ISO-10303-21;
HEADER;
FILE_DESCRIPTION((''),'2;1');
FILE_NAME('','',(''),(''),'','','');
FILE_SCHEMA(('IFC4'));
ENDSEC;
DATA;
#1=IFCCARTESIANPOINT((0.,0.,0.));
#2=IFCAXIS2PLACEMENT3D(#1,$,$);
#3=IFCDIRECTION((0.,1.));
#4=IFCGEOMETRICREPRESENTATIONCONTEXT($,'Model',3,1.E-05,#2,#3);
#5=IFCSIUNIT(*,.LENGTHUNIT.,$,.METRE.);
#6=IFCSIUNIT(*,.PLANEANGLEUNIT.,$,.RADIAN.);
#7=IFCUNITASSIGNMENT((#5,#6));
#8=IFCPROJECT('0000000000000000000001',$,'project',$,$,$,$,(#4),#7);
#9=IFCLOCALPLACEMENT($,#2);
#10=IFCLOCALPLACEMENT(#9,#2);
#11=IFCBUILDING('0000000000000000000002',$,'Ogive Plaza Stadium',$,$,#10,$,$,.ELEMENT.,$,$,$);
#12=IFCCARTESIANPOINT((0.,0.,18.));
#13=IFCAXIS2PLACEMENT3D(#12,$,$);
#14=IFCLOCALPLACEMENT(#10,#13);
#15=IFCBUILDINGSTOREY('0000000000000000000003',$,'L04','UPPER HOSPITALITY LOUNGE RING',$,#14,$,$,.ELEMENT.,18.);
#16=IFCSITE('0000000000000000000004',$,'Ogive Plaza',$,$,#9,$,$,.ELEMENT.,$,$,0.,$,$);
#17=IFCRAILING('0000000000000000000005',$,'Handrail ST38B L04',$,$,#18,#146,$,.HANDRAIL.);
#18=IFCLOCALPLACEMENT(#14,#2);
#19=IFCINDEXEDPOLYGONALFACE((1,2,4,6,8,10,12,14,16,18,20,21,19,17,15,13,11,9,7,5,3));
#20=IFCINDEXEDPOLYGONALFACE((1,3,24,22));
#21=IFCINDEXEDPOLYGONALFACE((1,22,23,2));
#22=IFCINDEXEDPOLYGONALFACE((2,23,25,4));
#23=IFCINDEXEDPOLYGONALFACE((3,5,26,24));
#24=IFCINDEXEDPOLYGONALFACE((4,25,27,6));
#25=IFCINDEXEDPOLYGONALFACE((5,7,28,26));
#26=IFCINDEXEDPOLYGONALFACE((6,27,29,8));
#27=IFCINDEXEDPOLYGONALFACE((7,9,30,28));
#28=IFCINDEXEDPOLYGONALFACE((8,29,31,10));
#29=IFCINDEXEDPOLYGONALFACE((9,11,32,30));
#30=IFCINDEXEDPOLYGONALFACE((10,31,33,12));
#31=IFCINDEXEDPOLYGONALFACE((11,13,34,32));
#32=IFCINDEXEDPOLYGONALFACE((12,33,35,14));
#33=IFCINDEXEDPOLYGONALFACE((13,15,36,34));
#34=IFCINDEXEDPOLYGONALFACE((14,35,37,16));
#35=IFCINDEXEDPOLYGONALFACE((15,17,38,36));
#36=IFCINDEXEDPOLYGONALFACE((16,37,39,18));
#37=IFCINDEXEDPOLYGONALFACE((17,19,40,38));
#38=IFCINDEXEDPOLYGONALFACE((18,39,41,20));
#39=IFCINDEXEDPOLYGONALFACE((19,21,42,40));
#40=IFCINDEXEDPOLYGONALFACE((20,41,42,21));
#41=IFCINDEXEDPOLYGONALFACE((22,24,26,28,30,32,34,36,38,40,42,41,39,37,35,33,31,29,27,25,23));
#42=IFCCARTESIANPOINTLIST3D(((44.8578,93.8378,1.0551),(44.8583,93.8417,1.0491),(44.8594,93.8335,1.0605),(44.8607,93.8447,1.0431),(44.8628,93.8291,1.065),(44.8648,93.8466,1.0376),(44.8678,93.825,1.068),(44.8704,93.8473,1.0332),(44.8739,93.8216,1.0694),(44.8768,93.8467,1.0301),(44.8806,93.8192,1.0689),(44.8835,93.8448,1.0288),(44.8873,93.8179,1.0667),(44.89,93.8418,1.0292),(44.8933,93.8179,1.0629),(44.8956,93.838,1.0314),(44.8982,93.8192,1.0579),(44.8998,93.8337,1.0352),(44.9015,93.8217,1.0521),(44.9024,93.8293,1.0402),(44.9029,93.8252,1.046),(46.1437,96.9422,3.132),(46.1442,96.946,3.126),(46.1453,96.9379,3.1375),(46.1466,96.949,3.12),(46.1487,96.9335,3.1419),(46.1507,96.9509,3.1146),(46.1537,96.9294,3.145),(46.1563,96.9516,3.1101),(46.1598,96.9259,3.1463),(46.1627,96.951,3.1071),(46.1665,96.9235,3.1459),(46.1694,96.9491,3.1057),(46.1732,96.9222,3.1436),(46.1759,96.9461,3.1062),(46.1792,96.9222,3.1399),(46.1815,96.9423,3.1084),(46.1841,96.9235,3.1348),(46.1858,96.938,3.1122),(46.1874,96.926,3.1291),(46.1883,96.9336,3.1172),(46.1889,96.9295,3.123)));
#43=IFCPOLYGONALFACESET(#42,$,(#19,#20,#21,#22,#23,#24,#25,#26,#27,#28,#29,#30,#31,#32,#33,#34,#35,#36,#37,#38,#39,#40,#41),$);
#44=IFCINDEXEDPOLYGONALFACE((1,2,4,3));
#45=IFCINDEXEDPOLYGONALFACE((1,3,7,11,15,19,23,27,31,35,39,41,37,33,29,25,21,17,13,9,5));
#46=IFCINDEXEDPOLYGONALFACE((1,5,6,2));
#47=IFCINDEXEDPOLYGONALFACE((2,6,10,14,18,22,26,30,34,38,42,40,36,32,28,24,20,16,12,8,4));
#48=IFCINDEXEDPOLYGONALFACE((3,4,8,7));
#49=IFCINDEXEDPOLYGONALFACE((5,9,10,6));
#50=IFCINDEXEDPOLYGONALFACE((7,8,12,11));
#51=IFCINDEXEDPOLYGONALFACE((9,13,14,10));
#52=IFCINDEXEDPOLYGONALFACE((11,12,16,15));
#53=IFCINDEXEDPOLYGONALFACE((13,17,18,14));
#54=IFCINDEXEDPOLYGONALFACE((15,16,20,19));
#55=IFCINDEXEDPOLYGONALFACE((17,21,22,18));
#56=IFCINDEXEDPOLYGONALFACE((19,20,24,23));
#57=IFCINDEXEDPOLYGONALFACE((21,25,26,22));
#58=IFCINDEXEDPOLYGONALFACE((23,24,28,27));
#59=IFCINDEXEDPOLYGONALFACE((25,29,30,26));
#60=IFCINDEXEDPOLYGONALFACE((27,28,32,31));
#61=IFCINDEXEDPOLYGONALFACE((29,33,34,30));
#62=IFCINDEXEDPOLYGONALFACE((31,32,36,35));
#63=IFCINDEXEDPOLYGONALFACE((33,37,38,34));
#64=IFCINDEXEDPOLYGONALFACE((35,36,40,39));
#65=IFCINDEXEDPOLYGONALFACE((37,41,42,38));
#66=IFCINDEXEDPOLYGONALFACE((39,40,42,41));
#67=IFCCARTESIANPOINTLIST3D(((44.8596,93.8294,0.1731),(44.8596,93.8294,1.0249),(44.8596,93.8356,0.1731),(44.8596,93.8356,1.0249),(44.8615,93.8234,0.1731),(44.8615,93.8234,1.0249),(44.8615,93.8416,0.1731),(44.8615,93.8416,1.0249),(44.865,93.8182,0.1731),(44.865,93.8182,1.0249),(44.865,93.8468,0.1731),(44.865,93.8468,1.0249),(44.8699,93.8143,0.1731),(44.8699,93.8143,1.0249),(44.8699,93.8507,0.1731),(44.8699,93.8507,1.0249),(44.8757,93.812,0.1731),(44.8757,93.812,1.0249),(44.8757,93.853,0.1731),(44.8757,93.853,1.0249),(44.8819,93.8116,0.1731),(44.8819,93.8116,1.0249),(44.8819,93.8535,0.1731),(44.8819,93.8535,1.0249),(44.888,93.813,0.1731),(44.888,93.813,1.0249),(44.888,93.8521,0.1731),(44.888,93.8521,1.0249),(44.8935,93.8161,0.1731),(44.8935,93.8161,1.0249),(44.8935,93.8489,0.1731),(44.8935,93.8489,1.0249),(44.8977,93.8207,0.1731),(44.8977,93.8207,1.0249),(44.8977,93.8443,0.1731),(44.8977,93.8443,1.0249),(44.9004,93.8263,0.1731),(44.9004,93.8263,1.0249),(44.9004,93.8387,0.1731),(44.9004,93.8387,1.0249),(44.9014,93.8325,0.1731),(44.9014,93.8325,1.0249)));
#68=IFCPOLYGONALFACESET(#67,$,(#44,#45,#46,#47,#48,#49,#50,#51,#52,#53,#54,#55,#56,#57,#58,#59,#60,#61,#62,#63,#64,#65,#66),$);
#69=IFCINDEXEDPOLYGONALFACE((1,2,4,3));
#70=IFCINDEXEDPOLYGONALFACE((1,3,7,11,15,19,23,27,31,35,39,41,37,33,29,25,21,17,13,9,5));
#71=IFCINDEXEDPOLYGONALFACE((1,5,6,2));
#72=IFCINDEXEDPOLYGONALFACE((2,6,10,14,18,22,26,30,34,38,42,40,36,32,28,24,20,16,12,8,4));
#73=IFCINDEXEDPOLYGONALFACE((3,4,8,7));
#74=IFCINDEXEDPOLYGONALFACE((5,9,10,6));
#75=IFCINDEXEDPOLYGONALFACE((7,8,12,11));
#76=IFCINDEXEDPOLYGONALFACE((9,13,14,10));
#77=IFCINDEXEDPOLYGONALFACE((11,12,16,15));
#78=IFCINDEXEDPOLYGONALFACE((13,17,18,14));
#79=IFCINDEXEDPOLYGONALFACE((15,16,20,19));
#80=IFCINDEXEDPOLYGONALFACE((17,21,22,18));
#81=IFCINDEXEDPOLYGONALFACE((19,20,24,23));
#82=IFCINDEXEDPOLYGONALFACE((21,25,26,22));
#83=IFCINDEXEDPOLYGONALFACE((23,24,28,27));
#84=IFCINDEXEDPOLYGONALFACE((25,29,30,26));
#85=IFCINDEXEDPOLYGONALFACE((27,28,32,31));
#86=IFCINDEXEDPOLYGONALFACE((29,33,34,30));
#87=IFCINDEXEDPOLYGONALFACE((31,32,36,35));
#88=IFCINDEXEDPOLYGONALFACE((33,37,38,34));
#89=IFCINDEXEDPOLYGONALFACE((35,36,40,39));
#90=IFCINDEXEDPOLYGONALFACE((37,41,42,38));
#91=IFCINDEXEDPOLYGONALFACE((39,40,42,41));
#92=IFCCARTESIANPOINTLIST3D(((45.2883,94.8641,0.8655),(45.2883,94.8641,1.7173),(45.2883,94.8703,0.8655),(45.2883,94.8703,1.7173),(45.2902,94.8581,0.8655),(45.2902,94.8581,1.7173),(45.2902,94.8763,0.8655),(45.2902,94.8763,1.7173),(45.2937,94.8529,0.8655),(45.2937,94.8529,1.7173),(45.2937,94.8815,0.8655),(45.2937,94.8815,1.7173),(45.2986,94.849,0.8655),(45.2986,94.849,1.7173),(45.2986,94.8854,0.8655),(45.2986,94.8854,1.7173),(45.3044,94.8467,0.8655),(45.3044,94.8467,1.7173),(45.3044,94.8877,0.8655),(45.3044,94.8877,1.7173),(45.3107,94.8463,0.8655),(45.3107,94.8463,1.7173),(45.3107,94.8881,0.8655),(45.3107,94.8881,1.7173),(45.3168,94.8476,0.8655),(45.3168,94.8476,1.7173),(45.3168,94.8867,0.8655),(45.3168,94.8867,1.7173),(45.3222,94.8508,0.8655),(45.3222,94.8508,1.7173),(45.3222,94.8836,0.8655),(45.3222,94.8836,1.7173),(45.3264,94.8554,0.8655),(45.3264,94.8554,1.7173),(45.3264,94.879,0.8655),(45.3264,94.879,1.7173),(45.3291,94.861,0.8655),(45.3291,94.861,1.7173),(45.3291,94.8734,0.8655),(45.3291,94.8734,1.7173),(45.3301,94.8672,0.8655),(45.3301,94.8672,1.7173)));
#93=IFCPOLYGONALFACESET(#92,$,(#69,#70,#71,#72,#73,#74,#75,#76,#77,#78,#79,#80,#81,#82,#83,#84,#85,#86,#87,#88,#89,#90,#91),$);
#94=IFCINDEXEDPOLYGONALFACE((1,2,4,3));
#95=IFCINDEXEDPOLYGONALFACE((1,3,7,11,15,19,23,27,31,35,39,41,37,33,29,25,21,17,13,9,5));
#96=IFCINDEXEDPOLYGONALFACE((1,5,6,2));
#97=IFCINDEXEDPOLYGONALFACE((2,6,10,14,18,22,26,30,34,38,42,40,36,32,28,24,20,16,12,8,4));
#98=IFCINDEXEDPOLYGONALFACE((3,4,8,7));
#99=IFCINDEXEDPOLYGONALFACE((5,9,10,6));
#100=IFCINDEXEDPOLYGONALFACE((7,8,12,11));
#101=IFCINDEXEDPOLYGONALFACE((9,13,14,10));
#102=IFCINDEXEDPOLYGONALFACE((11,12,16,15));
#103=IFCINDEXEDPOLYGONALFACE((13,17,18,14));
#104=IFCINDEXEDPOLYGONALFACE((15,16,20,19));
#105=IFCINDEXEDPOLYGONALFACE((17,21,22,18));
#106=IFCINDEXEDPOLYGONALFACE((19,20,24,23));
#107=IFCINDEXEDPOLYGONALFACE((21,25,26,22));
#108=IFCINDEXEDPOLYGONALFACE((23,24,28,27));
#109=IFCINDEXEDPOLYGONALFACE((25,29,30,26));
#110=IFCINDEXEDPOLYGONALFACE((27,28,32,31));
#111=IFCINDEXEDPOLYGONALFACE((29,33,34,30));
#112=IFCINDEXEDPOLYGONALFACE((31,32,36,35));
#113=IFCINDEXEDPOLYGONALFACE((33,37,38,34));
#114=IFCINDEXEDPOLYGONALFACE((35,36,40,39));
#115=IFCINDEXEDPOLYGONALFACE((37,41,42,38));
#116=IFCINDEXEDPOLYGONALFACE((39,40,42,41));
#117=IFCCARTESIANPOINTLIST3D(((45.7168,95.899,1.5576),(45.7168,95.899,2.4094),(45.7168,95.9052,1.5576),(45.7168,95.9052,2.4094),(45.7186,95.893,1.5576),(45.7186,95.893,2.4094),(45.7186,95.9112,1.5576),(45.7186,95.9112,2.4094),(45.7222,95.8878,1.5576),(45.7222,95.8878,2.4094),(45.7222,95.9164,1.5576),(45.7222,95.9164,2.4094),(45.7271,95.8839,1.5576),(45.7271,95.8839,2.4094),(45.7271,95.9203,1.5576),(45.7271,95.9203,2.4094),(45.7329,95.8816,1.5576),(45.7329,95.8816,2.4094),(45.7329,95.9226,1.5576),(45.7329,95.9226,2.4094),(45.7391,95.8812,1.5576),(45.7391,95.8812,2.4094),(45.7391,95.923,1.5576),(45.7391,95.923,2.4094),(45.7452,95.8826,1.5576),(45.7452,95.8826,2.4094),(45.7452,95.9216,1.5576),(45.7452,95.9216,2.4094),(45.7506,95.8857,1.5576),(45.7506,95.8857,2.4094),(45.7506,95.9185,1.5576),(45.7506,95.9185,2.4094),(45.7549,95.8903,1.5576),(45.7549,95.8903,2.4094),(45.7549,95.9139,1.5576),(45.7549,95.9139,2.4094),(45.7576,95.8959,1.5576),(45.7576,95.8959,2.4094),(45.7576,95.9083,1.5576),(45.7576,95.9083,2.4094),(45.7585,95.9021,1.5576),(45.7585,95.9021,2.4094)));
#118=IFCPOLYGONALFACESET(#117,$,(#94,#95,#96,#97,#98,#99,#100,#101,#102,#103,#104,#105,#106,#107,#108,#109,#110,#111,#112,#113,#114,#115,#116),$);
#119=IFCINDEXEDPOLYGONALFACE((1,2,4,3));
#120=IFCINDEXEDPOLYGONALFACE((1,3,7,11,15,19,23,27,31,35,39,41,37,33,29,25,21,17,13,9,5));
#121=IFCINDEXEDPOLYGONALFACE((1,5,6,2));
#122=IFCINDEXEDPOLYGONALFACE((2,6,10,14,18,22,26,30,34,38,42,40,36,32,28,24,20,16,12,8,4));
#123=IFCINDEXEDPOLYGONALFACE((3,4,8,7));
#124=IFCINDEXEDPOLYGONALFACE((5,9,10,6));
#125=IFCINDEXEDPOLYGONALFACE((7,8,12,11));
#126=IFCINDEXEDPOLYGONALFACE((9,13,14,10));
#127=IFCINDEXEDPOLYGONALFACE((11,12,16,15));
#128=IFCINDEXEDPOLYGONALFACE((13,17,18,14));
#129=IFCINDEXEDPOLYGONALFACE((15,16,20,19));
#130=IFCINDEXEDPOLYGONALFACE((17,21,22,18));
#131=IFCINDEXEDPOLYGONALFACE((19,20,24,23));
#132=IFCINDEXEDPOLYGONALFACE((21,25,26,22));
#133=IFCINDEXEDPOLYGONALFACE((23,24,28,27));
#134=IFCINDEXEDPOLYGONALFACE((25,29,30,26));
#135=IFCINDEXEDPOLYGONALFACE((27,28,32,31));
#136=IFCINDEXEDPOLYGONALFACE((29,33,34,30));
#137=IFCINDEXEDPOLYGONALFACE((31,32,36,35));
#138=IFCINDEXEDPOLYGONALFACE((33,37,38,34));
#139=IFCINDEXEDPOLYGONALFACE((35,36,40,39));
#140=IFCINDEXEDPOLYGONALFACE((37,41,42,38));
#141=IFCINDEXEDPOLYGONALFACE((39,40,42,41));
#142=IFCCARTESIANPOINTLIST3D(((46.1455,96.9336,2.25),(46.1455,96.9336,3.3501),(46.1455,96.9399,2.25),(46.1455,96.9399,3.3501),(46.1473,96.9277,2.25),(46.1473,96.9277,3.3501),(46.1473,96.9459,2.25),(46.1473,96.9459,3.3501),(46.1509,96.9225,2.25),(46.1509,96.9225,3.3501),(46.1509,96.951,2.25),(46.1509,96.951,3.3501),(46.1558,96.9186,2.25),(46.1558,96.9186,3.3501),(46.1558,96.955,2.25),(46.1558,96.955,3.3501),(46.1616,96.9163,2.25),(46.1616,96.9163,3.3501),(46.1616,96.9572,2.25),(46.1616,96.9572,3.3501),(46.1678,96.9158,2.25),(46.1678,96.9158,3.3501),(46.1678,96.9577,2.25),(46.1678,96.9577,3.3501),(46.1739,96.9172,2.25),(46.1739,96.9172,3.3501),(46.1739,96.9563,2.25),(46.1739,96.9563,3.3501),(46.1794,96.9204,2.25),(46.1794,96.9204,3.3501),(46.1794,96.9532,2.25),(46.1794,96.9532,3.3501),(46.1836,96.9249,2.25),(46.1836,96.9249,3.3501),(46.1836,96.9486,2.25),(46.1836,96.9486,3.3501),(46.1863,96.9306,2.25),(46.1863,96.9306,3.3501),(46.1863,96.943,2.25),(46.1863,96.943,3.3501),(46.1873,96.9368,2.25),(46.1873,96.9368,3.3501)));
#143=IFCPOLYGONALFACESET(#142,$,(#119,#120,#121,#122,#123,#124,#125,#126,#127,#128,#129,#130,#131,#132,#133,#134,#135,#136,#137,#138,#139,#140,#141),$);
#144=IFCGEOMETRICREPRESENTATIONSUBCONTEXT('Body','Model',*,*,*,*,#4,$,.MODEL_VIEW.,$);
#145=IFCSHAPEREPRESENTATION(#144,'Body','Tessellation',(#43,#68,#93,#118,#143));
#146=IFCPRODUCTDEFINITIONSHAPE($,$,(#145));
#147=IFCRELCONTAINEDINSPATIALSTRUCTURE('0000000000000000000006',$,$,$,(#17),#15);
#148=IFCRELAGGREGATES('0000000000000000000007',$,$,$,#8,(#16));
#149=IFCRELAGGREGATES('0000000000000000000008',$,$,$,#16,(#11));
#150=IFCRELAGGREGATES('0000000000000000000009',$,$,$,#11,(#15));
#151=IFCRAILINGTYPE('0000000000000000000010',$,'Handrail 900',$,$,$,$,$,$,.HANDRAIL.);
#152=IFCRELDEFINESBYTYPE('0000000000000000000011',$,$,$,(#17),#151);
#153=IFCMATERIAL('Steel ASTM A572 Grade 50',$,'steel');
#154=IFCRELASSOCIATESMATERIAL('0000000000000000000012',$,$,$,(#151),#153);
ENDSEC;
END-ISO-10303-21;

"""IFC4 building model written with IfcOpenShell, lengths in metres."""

from ifc_helpers import new_model, si_unit, direction, frame, origin, origin_2d, place, context, subcontext, project, spatial, circle, extrude, material, type_object, element, save


model = new_model("IFC4")

# Units and contexts
model_context = context("Model", 3, precision=1e-05, world=origin(), true_north=direction((0.0, 1.0)))
body_context = subcontext(model_context, "Body", "Model", "MODEL_VIEW")
ifc_project = project(units=[si_unit("LENGTHUNIT", "METRE"), si_unit("PLANEANGLEUNIT", "RADIAN")], contexts=[model_context])

# Site, building, storey
site_placement = place(None, origin())
site = spatial("IfcSite", under=ifc_project, at=site_placement, Name="Ogive Plaza", CompositionType="ELEMENT", RefElevation=0.0)
building_placement = place(site_placement, origin())
building = spatial("IfcBuilding", under=site, at=building_placement, Name="Ogive Plaza Stadium", CompositionType="ELEMENT")
storey_placement = place(building_placement, frame((0.0, 0.0, 18.0)))
storey = spatial("IfcBuildingStorey", under=building, at=storey_placement, Name="L04", Description="UPPER HOSPITALITY LOUNGE RING", CompositionType="ELEMENT", Elevation=18.0)

# Railing
ifc_material_1 = material(Name="Steel ASTM A572 Grade 50", Category="steel")
railing_type_1 = type_object("IfcRailingType", Name="Handrail 900", PredefinedType="HANDRAIL", material=ifc_material_1)
for number, where, name in (
    (1, (44.8804, 93.8325, 0.1731), "Handrail ST38B L04"),
):
    element("IfcRailing", number, at=place(storey_placement, frame(where)), inside=storey, type_object=railing_type_1, Name=name, PredefinedType="HANDRAIL", context=body_context, shape_type="SweptSolid", body=[
        extrude(circle(Radius=0.0239, at=origin_2d()), frame((0.0, 0.0, 0.876), z_axis=(0.325532, 0.785863, 0.525783), x_axis=(-0.923872, 0.3827, 0.0)), (0.0, 0.0, 1.0), 3.9502),
        extrude(circle(Radius=0.021, at=origin_2d()), origin(), (0.0, 0.0, 1.0), 0.8518),
        extrude(circle(Radius=0.021, at=origin_2d()), frame((0.4287, 1.0347, 0.6924)), (0.0, 0.0, 1.0), 0.8518),
        extrude(circle(Radius=0.021, at=origin_2d()), frame((0.8572, 2.0696, 1.3845)), (0.0, 0.0, 1.0), 0.8518),
        extrude(circle(Radius=0.021, at=origin_2d()), frame((1.2859, 3.1042, 2.0769)), (0.0, 0.0, 1.0), 1.1001),
    ])

save(model, "model.ifc")
